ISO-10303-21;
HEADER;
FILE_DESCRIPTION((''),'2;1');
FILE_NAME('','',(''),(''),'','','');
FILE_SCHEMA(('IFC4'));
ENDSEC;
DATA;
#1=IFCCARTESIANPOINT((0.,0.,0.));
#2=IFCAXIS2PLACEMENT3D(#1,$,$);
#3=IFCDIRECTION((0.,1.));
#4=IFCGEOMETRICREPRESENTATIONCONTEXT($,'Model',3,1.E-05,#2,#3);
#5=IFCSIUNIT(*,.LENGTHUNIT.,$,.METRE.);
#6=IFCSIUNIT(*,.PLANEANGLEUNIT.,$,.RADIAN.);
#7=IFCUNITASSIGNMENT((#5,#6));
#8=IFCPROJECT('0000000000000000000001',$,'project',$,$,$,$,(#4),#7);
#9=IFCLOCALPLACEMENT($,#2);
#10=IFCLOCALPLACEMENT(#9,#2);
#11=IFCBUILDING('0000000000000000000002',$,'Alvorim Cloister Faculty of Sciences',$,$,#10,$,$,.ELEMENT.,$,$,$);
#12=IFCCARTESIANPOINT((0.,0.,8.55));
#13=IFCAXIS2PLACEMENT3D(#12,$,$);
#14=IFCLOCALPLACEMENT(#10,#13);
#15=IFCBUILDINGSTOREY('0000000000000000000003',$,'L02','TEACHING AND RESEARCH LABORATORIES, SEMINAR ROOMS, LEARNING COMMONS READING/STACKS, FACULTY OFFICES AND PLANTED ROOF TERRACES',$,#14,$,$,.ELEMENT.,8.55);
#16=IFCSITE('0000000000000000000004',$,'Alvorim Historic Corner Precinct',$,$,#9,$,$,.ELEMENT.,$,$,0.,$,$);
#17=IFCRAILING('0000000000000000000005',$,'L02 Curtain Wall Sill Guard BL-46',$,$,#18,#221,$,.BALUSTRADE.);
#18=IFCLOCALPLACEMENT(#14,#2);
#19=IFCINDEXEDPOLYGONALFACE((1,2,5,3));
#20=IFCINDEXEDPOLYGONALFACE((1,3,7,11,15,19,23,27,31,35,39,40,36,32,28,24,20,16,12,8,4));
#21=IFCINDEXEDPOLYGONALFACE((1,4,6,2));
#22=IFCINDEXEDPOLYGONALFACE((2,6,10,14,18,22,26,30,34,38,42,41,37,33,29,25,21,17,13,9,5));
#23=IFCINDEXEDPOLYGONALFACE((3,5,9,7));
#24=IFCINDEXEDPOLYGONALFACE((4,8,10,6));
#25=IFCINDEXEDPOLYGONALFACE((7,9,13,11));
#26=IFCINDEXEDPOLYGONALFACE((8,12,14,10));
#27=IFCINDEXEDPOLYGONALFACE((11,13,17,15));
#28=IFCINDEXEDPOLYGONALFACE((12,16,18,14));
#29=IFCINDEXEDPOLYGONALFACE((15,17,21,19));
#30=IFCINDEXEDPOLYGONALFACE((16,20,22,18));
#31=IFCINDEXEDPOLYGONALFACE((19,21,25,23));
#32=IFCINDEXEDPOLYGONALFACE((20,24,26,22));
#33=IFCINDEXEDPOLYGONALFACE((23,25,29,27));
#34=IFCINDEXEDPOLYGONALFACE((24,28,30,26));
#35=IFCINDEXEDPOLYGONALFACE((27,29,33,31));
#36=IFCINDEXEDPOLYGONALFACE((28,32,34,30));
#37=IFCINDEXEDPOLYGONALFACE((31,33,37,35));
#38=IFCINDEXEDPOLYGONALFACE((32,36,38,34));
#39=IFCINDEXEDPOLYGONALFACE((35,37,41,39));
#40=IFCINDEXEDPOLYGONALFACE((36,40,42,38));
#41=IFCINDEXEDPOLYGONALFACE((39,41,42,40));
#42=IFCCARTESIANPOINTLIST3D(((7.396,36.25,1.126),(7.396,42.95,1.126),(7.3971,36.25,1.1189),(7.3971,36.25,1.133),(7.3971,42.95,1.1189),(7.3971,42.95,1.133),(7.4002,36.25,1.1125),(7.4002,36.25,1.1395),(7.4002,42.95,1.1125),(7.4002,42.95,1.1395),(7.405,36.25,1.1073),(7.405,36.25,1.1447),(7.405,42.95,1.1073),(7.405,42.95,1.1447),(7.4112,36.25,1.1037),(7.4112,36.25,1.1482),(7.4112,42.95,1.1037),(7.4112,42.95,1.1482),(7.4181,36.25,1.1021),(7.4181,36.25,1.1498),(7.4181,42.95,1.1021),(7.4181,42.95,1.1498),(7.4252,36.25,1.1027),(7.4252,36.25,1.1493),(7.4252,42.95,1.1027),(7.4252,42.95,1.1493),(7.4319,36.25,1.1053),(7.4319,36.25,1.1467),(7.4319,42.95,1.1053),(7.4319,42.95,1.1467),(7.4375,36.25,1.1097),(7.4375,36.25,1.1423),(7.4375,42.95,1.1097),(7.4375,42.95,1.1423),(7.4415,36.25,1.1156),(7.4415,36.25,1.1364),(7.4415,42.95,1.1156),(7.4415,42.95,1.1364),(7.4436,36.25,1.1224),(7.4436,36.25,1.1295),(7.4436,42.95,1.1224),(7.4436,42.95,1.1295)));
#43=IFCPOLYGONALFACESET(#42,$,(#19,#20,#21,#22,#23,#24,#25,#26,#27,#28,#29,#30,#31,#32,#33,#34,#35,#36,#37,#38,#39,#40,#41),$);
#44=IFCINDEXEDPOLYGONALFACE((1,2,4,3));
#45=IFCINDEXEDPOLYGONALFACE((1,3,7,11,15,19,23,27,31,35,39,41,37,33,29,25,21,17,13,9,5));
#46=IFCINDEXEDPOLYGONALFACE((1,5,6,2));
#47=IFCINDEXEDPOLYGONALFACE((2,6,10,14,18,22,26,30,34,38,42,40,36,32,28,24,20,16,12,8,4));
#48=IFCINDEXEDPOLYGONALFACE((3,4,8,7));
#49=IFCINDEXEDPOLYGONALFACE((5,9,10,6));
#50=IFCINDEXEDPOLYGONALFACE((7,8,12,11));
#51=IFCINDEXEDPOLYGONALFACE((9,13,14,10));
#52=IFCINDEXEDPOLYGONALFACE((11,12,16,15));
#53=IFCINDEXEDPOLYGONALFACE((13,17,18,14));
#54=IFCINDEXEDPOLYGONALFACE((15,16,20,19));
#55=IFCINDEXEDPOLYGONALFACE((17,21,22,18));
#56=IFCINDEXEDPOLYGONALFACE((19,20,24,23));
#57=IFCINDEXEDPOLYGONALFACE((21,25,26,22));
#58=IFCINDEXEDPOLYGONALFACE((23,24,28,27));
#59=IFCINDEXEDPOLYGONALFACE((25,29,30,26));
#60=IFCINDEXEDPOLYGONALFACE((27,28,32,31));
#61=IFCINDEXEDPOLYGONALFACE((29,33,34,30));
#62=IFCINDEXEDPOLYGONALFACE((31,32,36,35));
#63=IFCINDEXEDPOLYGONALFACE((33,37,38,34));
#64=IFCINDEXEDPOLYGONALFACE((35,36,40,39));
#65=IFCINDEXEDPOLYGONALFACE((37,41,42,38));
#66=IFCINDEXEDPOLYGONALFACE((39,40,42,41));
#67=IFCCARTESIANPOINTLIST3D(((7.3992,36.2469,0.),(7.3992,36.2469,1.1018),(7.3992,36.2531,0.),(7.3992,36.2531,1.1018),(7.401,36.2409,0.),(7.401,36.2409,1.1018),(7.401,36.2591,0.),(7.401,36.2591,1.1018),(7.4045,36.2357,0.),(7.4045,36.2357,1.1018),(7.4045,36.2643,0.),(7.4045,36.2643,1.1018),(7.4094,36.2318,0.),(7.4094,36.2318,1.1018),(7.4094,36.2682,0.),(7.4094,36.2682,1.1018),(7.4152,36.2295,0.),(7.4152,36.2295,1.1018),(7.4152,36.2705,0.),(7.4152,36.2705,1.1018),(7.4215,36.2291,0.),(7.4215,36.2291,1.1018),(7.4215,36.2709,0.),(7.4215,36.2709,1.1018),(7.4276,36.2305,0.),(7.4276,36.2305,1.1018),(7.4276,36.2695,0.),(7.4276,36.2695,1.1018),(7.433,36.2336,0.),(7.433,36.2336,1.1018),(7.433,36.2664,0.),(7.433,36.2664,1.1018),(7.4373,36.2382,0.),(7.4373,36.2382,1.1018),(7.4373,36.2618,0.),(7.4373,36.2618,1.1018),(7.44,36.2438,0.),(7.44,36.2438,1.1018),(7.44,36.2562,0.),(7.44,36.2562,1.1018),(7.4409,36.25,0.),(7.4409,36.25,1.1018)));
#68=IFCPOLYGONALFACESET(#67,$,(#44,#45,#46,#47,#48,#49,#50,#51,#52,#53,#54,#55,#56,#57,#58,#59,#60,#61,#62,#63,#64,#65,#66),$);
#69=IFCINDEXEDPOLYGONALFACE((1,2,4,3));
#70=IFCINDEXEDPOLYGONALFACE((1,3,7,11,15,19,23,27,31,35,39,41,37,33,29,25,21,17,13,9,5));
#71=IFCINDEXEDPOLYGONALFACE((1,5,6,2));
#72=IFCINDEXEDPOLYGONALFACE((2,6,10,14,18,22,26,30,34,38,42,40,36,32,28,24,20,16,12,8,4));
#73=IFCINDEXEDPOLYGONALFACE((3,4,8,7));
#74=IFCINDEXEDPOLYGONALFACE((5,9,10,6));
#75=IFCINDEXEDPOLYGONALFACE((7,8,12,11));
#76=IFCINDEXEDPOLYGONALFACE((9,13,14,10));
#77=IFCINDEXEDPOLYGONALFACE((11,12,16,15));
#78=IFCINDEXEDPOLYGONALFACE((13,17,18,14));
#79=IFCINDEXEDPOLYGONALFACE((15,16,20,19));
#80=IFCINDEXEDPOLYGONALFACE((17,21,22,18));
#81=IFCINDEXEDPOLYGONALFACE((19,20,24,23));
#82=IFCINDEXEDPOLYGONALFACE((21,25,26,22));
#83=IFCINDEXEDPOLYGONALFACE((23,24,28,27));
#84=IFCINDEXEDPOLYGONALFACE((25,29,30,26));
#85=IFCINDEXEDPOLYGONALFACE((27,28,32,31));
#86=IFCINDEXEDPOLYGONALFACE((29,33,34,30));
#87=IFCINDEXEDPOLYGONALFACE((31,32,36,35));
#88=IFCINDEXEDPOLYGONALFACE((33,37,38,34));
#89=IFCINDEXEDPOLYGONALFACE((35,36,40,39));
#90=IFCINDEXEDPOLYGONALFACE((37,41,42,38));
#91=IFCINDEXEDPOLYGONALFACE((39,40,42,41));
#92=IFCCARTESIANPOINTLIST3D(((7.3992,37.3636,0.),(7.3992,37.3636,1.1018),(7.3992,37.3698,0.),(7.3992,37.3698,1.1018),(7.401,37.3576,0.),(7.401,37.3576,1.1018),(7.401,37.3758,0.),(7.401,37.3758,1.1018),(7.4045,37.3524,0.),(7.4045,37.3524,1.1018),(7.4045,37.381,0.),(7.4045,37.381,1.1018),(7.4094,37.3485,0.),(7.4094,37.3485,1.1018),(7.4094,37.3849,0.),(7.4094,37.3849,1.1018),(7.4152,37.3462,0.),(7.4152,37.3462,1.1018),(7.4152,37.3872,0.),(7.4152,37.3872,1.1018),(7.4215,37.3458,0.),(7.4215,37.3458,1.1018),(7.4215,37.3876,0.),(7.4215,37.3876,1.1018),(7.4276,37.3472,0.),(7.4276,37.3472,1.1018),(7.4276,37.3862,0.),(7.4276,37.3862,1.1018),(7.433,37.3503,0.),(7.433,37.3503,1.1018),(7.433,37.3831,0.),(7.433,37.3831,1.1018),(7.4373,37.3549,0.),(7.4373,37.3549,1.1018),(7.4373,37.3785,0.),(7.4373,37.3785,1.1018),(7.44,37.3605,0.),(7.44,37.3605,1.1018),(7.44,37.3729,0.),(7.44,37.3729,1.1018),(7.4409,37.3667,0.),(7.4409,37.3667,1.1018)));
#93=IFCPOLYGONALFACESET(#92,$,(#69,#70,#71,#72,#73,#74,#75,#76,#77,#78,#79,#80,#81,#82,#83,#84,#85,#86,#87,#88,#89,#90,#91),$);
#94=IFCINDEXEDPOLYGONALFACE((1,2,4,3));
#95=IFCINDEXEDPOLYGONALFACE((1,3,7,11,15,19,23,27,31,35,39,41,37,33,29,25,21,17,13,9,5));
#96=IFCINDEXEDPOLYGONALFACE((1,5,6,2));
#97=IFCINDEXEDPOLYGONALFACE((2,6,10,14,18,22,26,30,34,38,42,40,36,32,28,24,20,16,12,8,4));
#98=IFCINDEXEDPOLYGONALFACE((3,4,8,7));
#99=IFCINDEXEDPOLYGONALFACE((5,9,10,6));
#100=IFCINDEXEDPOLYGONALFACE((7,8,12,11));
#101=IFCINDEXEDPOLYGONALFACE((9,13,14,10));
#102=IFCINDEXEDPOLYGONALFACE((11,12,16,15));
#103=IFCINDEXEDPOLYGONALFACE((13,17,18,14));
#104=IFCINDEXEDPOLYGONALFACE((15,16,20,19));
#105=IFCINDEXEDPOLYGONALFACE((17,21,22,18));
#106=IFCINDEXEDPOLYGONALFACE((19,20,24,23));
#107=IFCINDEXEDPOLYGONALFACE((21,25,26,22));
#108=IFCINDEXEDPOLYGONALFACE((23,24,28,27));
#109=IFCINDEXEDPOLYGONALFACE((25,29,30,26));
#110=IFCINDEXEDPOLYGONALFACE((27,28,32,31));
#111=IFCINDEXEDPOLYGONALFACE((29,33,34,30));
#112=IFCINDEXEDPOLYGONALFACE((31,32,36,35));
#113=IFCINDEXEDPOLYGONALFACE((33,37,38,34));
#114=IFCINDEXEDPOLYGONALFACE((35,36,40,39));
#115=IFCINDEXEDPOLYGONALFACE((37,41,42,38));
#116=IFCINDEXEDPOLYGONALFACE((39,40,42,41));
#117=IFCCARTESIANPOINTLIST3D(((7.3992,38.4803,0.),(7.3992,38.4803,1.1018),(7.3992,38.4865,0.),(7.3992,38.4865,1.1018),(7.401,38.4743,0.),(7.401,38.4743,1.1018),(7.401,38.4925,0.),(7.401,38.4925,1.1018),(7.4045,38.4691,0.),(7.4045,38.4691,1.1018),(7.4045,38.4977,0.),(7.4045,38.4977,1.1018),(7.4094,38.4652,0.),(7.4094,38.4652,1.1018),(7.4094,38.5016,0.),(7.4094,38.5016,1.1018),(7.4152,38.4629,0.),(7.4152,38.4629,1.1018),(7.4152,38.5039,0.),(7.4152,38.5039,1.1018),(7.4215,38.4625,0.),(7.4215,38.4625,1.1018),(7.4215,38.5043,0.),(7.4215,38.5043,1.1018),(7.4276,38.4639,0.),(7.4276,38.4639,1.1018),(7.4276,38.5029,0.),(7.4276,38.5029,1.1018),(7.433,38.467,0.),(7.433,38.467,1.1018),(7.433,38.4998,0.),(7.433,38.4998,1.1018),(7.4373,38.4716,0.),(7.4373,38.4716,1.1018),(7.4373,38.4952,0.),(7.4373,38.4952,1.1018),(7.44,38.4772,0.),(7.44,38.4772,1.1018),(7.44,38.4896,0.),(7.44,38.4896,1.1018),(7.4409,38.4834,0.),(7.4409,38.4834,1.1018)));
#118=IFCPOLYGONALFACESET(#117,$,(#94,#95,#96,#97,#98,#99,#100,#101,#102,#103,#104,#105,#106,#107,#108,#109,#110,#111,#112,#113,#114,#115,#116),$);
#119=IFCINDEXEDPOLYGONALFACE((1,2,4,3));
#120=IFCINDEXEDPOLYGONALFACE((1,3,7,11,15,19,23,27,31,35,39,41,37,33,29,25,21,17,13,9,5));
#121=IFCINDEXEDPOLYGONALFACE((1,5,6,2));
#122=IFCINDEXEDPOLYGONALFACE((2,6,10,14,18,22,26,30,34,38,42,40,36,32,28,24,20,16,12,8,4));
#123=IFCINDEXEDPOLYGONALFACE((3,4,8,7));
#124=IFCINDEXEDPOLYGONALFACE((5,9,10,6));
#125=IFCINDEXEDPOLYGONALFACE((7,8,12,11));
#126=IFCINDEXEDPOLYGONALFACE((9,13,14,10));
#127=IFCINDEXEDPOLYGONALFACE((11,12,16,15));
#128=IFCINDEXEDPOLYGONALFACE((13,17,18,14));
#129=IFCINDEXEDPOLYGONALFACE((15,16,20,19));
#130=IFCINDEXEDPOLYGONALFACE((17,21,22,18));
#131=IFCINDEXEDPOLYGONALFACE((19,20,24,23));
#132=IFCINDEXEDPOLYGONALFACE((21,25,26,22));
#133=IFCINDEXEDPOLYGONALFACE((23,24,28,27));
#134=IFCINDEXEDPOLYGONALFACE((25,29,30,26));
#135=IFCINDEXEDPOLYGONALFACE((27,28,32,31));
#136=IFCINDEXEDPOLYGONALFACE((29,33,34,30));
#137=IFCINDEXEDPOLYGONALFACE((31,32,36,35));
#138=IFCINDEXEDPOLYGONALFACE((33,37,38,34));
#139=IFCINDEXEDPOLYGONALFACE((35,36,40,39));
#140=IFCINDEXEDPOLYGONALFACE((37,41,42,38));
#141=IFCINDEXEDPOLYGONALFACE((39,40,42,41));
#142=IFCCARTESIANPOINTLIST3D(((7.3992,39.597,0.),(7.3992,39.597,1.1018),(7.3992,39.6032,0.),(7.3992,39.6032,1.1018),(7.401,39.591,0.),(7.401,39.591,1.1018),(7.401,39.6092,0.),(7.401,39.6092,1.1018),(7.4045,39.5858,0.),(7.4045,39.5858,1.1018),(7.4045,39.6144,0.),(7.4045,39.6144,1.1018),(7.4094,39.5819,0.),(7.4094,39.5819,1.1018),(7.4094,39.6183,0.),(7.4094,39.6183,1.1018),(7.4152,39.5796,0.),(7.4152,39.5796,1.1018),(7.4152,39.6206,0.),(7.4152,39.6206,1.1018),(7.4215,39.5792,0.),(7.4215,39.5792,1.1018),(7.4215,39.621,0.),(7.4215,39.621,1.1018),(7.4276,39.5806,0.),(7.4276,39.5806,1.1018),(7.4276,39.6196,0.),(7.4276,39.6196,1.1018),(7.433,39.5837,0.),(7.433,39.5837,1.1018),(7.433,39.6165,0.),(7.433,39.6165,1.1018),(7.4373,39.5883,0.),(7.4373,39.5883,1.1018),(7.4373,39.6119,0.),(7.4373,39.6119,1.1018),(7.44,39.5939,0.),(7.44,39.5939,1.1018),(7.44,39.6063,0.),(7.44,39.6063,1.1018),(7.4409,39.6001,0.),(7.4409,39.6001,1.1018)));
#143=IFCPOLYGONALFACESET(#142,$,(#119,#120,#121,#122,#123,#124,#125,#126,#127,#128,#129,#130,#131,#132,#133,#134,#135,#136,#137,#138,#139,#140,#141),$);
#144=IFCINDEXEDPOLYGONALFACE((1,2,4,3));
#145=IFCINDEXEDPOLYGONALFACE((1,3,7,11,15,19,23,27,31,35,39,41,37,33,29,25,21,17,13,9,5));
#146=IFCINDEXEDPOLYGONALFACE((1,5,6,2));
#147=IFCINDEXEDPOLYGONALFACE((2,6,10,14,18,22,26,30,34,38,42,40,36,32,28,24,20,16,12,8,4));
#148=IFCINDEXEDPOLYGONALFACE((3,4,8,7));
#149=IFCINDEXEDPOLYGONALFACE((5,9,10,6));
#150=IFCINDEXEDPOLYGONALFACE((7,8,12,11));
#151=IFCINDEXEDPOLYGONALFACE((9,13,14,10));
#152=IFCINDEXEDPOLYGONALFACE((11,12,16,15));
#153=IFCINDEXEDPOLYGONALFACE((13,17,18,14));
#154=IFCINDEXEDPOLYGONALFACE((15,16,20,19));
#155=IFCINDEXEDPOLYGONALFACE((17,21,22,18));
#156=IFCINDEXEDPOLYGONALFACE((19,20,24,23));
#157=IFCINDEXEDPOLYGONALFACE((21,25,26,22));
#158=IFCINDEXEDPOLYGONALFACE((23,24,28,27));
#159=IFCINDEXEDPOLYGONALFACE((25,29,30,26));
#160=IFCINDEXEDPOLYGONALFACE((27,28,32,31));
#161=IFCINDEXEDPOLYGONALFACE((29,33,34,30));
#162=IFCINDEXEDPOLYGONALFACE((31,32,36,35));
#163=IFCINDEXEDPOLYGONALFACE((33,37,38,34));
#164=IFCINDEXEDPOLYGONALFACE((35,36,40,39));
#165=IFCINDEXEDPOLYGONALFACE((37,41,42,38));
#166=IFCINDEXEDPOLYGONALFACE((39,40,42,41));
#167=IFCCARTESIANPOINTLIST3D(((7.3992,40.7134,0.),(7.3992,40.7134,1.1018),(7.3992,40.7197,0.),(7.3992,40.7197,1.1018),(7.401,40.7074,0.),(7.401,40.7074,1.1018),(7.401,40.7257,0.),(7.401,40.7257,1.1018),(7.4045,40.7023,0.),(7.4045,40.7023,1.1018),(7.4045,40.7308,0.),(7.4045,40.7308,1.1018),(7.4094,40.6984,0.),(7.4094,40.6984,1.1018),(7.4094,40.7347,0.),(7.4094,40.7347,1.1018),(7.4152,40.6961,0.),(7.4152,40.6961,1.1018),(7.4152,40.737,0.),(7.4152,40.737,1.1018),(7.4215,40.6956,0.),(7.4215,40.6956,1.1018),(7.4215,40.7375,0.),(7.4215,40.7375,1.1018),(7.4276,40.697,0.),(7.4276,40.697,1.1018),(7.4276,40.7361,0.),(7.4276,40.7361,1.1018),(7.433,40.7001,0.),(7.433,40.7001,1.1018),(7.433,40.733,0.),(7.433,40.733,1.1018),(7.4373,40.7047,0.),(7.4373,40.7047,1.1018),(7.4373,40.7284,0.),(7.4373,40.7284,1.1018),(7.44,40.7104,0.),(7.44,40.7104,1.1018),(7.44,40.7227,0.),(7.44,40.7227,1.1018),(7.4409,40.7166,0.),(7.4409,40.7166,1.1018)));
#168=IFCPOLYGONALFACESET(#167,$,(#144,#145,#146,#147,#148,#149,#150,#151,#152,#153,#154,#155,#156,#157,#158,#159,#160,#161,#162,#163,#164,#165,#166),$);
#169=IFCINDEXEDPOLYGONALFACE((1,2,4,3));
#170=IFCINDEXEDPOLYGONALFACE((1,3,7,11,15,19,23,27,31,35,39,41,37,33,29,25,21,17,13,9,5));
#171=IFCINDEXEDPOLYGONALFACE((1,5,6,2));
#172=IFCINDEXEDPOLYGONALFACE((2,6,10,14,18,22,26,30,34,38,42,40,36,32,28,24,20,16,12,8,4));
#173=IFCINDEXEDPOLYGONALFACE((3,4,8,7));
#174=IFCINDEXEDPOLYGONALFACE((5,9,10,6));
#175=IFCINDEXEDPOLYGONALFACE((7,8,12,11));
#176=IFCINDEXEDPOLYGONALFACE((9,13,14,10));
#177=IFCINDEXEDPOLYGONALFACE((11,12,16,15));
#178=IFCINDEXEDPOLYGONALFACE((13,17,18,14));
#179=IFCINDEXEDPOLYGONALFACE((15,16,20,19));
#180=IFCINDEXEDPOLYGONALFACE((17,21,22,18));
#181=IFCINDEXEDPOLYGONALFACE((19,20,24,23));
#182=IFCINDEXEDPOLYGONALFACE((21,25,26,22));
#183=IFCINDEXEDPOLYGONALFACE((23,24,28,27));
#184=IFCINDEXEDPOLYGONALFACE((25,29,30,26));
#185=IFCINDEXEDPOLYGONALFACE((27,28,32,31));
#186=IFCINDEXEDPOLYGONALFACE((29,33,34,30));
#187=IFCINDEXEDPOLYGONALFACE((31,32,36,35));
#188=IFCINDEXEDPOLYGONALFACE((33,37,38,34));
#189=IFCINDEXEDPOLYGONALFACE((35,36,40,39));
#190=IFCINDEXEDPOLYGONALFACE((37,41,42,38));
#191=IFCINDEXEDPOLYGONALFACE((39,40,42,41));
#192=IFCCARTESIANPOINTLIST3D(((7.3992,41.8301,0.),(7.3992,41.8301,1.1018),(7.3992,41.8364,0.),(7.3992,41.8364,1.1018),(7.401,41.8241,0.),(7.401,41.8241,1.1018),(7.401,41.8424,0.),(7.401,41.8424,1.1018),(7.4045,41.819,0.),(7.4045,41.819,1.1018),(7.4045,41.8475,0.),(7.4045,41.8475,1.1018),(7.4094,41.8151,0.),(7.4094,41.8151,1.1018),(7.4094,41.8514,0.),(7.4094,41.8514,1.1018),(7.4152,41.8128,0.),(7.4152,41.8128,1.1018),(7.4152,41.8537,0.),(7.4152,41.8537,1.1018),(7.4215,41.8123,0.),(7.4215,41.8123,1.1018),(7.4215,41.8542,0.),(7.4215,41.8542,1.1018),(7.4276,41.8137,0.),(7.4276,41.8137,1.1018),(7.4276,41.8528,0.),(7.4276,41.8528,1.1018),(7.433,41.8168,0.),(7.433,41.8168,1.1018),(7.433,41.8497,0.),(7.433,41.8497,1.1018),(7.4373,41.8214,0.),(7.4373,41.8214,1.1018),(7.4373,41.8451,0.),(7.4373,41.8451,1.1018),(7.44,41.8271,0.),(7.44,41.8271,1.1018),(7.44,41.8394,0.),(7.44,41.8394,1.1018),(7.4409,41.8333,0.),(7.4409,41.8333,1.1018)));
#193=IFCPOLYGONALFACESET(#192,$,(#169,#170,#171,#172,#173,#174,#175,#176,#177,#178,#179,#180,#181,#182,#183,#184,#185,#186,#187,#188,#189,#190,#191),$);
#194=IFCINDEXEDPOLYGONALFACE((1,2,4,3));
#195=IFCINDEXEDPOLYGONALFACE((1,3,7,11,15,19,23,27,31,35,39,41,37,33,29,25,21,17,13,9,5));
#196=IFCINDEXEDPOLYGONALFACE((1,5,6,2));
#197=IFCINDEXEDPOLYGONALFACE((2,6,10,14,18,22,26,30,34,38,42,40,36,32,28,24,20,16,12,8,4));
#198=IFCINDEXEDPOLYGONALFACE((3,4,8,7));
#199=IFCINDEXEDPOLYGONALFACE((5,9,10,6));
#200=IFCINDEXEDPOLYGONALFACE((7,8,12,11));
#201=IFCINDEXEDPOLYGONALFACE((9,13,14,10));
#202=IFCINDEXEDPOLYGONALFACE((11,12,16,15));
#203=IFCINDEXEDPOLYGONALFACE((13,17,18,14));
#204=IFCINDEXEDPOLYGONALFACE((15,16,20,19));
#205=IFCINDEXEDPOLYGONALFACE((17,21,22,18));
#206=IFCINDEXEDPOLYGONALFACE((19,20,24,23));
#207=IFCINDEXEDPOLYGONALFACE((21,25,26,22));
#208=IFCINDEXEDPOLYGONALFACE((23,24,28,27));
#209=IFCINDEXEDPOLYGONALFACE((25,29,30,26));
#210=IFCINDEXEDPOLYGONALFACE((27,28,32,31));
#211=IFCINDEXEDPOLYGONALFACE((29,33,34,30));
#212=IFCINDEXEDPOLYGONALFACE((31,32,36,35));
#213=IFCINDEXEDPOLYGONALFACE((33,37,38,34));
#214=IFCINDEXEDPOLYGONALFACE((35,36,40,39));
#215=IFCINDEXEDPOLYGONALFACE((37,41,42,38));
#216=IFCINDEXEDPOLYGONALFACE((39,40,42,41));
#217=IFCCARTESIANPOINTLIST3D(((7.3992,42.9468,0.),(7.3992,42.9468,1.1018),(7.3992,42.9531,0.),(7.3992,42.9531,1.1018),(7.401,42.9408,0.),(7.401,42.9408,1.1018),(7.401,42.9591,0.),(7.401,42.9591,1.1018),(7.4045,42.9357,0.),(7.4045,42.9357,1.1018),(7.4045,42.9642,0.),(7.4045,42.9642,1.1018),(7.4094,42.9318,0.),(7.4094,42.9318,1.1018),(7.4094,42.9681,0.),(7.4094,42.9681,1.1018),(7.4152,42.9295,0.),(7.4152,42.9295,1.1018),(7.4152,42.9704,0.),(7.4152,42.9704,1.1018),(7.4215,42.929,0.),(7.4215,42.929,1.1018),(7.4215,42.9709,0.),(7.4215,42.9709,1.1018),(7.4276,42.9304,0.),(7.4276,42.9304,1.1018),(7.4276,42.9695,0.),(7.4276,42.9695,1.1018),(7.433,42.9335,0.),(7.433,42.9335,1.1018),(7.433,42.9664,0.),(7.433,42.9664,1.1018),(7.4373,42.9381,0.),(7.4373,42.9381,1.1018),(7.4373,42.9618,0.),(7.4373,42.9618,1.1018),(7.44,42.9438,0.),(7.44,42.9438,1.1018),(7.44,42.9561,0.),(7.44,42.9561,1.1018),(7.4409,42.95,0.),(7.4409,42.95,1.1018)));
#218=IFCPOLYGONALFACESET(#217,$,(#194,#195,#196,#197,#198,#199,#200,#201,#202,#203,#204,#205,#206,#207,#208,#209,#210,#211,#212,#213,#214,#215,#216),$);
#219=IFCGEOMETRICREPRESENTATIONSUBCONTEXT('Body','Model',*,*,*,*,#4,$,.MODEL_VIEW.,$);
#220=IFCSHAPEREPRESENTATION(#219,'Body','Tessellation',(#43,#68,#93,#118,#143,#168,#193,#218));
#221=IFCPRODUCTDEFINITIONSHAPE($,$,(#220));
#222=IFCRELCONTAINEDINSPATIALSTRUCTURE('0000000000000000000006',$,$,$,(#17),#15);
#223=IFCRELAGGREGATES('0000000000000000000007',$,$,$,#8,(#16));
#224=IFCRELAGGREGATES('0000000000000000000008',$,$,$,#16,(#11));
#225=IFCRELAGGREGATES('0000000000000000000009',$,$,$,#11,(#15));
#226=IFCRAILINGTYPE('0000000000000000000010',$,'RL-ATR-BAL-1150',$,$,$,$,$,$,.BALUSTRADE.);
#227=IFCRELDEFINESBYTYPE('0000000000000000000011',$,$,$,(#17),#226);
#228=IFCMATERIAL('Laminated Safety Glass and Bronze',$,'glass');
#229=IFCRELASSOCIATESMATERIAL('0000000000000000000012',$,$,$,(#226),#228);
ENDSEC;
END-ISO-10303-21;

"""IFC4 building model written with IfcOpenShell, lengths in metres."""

from ifc_helpers import new_model, si_unit, direction, frame, origin, origin_2d, place, context, subcontext, project, spatial, circle, extrude, material, type_object, element, save


model = new_model("IFC4")

# Units and contexts
model_context = context("Model", 3, precision=1e-05, world=origin(), true_north=direction((0.0, 1.0)))
body_context = subcontext(model_context, "Body", "Model", "MODEL_VIEW")
ifc_project = project(units=[si_unit("LENGTHUNIT", "METRE"), si_unit("PLANEANGLEUNIT", "RADIAN")], contexts=[model_context])

# Site, building, storey
site_placement = place(None, origin())
site = spatial("IfcSite", under=ifc_project, at=site_placement, Name="Alvorim Historic Corner Precinct", CompositionType="ELEMENT", RefElevation=0.0)
building_placement = place(site_placement, origin())
building = spatial("IfcBuilding", under=site, at=building_placement, Name="Alvorim Cloister Faculty of Sciences", CompositionType="ELEMENT")
storey_placement = place(building_placement, frame((0.0, 0.0, 8.55)))
storey = spatial("IfcBuildingStorey", under=building, at=storey_placement, Name="L02", Description="TEACHING AND RESEARCH LABORATORIES, SEMINAR ROOMS, LEARNING COMMONS READING/STACKS, FACULTY OFFICES AND PLANTED ROOF TERRACES", CompositionType="ELEMENT", Elevation=8.55)

# Railing
ifc_material_1 = material(Name="Laminated Safety Glass and Bronze", Category="glass")
railing_type_1 = type_object("IfcRailingType", Name="RL-ATR-BAL-1150", PredefinedType="BALUSTRADE", material=ifc_material_1)
railing_1_placement = place(storey_placement, frame((7.4199, 36.25, 0.0)))
element("IfcRailing", 1, at=railing_1_placement, inside=storey, type_object=railing_type_1, Name="L02 Curtain Wall Sill Guard BL-46", PredefinedType="BALUSTRADE", context=body_context, shape_type="SweptSolid", body=[
    extrude(circle(Radius=0.0239, at=origin_2d()), frame((0.0, 0.0, 1.126), z_axis=(0.0, 1.0, 0.0), x_axis=(-1.0, 0.0, 0.0)), (0.0, 0.0, 1.0), 6.7),
    extrude(circle(Radius=0.021, at=origin_2d()), origin(), (0.0, 0.0, 1.0), 1.1018),
    extrude(circle(Radius=0.021, at=origin_2d()), frame((0.0, 1.1167, 0.0)), (0.0, 0.0, 1.0), 1.1018),
    extrude(circle(Radius=0.021, at=origin_2d()), frame((0.0, 2.2334, 0.0)), (0.0, 0.0, 1.0), 1.1018),
    extrude(circle(Radius=0.021, at=origin_2d()), frame((0.0, 3.3501, 0.0)), (0.0, 0.0, 1.0), 1.1018),
    extrude(circle(Radius=0.021, at=origin_2d()), frame((0.0, 4.4666, 0.0)), (0.0, 0.0, 1.0), 1.1018),
    extrude(circle(Radius=0.021, at=origin_2d()), frame((0.0, 5.5833, 0.0)), (0.0, 0.0, 1.0), 1.1018),
    extrude(circle(Radius=0.021, at=origin_2d()), frame((0.0, 6.7, 0.0)), (0.0, 0.0, 1.0), 1.1018),
])

save(model, "model.ifc")
